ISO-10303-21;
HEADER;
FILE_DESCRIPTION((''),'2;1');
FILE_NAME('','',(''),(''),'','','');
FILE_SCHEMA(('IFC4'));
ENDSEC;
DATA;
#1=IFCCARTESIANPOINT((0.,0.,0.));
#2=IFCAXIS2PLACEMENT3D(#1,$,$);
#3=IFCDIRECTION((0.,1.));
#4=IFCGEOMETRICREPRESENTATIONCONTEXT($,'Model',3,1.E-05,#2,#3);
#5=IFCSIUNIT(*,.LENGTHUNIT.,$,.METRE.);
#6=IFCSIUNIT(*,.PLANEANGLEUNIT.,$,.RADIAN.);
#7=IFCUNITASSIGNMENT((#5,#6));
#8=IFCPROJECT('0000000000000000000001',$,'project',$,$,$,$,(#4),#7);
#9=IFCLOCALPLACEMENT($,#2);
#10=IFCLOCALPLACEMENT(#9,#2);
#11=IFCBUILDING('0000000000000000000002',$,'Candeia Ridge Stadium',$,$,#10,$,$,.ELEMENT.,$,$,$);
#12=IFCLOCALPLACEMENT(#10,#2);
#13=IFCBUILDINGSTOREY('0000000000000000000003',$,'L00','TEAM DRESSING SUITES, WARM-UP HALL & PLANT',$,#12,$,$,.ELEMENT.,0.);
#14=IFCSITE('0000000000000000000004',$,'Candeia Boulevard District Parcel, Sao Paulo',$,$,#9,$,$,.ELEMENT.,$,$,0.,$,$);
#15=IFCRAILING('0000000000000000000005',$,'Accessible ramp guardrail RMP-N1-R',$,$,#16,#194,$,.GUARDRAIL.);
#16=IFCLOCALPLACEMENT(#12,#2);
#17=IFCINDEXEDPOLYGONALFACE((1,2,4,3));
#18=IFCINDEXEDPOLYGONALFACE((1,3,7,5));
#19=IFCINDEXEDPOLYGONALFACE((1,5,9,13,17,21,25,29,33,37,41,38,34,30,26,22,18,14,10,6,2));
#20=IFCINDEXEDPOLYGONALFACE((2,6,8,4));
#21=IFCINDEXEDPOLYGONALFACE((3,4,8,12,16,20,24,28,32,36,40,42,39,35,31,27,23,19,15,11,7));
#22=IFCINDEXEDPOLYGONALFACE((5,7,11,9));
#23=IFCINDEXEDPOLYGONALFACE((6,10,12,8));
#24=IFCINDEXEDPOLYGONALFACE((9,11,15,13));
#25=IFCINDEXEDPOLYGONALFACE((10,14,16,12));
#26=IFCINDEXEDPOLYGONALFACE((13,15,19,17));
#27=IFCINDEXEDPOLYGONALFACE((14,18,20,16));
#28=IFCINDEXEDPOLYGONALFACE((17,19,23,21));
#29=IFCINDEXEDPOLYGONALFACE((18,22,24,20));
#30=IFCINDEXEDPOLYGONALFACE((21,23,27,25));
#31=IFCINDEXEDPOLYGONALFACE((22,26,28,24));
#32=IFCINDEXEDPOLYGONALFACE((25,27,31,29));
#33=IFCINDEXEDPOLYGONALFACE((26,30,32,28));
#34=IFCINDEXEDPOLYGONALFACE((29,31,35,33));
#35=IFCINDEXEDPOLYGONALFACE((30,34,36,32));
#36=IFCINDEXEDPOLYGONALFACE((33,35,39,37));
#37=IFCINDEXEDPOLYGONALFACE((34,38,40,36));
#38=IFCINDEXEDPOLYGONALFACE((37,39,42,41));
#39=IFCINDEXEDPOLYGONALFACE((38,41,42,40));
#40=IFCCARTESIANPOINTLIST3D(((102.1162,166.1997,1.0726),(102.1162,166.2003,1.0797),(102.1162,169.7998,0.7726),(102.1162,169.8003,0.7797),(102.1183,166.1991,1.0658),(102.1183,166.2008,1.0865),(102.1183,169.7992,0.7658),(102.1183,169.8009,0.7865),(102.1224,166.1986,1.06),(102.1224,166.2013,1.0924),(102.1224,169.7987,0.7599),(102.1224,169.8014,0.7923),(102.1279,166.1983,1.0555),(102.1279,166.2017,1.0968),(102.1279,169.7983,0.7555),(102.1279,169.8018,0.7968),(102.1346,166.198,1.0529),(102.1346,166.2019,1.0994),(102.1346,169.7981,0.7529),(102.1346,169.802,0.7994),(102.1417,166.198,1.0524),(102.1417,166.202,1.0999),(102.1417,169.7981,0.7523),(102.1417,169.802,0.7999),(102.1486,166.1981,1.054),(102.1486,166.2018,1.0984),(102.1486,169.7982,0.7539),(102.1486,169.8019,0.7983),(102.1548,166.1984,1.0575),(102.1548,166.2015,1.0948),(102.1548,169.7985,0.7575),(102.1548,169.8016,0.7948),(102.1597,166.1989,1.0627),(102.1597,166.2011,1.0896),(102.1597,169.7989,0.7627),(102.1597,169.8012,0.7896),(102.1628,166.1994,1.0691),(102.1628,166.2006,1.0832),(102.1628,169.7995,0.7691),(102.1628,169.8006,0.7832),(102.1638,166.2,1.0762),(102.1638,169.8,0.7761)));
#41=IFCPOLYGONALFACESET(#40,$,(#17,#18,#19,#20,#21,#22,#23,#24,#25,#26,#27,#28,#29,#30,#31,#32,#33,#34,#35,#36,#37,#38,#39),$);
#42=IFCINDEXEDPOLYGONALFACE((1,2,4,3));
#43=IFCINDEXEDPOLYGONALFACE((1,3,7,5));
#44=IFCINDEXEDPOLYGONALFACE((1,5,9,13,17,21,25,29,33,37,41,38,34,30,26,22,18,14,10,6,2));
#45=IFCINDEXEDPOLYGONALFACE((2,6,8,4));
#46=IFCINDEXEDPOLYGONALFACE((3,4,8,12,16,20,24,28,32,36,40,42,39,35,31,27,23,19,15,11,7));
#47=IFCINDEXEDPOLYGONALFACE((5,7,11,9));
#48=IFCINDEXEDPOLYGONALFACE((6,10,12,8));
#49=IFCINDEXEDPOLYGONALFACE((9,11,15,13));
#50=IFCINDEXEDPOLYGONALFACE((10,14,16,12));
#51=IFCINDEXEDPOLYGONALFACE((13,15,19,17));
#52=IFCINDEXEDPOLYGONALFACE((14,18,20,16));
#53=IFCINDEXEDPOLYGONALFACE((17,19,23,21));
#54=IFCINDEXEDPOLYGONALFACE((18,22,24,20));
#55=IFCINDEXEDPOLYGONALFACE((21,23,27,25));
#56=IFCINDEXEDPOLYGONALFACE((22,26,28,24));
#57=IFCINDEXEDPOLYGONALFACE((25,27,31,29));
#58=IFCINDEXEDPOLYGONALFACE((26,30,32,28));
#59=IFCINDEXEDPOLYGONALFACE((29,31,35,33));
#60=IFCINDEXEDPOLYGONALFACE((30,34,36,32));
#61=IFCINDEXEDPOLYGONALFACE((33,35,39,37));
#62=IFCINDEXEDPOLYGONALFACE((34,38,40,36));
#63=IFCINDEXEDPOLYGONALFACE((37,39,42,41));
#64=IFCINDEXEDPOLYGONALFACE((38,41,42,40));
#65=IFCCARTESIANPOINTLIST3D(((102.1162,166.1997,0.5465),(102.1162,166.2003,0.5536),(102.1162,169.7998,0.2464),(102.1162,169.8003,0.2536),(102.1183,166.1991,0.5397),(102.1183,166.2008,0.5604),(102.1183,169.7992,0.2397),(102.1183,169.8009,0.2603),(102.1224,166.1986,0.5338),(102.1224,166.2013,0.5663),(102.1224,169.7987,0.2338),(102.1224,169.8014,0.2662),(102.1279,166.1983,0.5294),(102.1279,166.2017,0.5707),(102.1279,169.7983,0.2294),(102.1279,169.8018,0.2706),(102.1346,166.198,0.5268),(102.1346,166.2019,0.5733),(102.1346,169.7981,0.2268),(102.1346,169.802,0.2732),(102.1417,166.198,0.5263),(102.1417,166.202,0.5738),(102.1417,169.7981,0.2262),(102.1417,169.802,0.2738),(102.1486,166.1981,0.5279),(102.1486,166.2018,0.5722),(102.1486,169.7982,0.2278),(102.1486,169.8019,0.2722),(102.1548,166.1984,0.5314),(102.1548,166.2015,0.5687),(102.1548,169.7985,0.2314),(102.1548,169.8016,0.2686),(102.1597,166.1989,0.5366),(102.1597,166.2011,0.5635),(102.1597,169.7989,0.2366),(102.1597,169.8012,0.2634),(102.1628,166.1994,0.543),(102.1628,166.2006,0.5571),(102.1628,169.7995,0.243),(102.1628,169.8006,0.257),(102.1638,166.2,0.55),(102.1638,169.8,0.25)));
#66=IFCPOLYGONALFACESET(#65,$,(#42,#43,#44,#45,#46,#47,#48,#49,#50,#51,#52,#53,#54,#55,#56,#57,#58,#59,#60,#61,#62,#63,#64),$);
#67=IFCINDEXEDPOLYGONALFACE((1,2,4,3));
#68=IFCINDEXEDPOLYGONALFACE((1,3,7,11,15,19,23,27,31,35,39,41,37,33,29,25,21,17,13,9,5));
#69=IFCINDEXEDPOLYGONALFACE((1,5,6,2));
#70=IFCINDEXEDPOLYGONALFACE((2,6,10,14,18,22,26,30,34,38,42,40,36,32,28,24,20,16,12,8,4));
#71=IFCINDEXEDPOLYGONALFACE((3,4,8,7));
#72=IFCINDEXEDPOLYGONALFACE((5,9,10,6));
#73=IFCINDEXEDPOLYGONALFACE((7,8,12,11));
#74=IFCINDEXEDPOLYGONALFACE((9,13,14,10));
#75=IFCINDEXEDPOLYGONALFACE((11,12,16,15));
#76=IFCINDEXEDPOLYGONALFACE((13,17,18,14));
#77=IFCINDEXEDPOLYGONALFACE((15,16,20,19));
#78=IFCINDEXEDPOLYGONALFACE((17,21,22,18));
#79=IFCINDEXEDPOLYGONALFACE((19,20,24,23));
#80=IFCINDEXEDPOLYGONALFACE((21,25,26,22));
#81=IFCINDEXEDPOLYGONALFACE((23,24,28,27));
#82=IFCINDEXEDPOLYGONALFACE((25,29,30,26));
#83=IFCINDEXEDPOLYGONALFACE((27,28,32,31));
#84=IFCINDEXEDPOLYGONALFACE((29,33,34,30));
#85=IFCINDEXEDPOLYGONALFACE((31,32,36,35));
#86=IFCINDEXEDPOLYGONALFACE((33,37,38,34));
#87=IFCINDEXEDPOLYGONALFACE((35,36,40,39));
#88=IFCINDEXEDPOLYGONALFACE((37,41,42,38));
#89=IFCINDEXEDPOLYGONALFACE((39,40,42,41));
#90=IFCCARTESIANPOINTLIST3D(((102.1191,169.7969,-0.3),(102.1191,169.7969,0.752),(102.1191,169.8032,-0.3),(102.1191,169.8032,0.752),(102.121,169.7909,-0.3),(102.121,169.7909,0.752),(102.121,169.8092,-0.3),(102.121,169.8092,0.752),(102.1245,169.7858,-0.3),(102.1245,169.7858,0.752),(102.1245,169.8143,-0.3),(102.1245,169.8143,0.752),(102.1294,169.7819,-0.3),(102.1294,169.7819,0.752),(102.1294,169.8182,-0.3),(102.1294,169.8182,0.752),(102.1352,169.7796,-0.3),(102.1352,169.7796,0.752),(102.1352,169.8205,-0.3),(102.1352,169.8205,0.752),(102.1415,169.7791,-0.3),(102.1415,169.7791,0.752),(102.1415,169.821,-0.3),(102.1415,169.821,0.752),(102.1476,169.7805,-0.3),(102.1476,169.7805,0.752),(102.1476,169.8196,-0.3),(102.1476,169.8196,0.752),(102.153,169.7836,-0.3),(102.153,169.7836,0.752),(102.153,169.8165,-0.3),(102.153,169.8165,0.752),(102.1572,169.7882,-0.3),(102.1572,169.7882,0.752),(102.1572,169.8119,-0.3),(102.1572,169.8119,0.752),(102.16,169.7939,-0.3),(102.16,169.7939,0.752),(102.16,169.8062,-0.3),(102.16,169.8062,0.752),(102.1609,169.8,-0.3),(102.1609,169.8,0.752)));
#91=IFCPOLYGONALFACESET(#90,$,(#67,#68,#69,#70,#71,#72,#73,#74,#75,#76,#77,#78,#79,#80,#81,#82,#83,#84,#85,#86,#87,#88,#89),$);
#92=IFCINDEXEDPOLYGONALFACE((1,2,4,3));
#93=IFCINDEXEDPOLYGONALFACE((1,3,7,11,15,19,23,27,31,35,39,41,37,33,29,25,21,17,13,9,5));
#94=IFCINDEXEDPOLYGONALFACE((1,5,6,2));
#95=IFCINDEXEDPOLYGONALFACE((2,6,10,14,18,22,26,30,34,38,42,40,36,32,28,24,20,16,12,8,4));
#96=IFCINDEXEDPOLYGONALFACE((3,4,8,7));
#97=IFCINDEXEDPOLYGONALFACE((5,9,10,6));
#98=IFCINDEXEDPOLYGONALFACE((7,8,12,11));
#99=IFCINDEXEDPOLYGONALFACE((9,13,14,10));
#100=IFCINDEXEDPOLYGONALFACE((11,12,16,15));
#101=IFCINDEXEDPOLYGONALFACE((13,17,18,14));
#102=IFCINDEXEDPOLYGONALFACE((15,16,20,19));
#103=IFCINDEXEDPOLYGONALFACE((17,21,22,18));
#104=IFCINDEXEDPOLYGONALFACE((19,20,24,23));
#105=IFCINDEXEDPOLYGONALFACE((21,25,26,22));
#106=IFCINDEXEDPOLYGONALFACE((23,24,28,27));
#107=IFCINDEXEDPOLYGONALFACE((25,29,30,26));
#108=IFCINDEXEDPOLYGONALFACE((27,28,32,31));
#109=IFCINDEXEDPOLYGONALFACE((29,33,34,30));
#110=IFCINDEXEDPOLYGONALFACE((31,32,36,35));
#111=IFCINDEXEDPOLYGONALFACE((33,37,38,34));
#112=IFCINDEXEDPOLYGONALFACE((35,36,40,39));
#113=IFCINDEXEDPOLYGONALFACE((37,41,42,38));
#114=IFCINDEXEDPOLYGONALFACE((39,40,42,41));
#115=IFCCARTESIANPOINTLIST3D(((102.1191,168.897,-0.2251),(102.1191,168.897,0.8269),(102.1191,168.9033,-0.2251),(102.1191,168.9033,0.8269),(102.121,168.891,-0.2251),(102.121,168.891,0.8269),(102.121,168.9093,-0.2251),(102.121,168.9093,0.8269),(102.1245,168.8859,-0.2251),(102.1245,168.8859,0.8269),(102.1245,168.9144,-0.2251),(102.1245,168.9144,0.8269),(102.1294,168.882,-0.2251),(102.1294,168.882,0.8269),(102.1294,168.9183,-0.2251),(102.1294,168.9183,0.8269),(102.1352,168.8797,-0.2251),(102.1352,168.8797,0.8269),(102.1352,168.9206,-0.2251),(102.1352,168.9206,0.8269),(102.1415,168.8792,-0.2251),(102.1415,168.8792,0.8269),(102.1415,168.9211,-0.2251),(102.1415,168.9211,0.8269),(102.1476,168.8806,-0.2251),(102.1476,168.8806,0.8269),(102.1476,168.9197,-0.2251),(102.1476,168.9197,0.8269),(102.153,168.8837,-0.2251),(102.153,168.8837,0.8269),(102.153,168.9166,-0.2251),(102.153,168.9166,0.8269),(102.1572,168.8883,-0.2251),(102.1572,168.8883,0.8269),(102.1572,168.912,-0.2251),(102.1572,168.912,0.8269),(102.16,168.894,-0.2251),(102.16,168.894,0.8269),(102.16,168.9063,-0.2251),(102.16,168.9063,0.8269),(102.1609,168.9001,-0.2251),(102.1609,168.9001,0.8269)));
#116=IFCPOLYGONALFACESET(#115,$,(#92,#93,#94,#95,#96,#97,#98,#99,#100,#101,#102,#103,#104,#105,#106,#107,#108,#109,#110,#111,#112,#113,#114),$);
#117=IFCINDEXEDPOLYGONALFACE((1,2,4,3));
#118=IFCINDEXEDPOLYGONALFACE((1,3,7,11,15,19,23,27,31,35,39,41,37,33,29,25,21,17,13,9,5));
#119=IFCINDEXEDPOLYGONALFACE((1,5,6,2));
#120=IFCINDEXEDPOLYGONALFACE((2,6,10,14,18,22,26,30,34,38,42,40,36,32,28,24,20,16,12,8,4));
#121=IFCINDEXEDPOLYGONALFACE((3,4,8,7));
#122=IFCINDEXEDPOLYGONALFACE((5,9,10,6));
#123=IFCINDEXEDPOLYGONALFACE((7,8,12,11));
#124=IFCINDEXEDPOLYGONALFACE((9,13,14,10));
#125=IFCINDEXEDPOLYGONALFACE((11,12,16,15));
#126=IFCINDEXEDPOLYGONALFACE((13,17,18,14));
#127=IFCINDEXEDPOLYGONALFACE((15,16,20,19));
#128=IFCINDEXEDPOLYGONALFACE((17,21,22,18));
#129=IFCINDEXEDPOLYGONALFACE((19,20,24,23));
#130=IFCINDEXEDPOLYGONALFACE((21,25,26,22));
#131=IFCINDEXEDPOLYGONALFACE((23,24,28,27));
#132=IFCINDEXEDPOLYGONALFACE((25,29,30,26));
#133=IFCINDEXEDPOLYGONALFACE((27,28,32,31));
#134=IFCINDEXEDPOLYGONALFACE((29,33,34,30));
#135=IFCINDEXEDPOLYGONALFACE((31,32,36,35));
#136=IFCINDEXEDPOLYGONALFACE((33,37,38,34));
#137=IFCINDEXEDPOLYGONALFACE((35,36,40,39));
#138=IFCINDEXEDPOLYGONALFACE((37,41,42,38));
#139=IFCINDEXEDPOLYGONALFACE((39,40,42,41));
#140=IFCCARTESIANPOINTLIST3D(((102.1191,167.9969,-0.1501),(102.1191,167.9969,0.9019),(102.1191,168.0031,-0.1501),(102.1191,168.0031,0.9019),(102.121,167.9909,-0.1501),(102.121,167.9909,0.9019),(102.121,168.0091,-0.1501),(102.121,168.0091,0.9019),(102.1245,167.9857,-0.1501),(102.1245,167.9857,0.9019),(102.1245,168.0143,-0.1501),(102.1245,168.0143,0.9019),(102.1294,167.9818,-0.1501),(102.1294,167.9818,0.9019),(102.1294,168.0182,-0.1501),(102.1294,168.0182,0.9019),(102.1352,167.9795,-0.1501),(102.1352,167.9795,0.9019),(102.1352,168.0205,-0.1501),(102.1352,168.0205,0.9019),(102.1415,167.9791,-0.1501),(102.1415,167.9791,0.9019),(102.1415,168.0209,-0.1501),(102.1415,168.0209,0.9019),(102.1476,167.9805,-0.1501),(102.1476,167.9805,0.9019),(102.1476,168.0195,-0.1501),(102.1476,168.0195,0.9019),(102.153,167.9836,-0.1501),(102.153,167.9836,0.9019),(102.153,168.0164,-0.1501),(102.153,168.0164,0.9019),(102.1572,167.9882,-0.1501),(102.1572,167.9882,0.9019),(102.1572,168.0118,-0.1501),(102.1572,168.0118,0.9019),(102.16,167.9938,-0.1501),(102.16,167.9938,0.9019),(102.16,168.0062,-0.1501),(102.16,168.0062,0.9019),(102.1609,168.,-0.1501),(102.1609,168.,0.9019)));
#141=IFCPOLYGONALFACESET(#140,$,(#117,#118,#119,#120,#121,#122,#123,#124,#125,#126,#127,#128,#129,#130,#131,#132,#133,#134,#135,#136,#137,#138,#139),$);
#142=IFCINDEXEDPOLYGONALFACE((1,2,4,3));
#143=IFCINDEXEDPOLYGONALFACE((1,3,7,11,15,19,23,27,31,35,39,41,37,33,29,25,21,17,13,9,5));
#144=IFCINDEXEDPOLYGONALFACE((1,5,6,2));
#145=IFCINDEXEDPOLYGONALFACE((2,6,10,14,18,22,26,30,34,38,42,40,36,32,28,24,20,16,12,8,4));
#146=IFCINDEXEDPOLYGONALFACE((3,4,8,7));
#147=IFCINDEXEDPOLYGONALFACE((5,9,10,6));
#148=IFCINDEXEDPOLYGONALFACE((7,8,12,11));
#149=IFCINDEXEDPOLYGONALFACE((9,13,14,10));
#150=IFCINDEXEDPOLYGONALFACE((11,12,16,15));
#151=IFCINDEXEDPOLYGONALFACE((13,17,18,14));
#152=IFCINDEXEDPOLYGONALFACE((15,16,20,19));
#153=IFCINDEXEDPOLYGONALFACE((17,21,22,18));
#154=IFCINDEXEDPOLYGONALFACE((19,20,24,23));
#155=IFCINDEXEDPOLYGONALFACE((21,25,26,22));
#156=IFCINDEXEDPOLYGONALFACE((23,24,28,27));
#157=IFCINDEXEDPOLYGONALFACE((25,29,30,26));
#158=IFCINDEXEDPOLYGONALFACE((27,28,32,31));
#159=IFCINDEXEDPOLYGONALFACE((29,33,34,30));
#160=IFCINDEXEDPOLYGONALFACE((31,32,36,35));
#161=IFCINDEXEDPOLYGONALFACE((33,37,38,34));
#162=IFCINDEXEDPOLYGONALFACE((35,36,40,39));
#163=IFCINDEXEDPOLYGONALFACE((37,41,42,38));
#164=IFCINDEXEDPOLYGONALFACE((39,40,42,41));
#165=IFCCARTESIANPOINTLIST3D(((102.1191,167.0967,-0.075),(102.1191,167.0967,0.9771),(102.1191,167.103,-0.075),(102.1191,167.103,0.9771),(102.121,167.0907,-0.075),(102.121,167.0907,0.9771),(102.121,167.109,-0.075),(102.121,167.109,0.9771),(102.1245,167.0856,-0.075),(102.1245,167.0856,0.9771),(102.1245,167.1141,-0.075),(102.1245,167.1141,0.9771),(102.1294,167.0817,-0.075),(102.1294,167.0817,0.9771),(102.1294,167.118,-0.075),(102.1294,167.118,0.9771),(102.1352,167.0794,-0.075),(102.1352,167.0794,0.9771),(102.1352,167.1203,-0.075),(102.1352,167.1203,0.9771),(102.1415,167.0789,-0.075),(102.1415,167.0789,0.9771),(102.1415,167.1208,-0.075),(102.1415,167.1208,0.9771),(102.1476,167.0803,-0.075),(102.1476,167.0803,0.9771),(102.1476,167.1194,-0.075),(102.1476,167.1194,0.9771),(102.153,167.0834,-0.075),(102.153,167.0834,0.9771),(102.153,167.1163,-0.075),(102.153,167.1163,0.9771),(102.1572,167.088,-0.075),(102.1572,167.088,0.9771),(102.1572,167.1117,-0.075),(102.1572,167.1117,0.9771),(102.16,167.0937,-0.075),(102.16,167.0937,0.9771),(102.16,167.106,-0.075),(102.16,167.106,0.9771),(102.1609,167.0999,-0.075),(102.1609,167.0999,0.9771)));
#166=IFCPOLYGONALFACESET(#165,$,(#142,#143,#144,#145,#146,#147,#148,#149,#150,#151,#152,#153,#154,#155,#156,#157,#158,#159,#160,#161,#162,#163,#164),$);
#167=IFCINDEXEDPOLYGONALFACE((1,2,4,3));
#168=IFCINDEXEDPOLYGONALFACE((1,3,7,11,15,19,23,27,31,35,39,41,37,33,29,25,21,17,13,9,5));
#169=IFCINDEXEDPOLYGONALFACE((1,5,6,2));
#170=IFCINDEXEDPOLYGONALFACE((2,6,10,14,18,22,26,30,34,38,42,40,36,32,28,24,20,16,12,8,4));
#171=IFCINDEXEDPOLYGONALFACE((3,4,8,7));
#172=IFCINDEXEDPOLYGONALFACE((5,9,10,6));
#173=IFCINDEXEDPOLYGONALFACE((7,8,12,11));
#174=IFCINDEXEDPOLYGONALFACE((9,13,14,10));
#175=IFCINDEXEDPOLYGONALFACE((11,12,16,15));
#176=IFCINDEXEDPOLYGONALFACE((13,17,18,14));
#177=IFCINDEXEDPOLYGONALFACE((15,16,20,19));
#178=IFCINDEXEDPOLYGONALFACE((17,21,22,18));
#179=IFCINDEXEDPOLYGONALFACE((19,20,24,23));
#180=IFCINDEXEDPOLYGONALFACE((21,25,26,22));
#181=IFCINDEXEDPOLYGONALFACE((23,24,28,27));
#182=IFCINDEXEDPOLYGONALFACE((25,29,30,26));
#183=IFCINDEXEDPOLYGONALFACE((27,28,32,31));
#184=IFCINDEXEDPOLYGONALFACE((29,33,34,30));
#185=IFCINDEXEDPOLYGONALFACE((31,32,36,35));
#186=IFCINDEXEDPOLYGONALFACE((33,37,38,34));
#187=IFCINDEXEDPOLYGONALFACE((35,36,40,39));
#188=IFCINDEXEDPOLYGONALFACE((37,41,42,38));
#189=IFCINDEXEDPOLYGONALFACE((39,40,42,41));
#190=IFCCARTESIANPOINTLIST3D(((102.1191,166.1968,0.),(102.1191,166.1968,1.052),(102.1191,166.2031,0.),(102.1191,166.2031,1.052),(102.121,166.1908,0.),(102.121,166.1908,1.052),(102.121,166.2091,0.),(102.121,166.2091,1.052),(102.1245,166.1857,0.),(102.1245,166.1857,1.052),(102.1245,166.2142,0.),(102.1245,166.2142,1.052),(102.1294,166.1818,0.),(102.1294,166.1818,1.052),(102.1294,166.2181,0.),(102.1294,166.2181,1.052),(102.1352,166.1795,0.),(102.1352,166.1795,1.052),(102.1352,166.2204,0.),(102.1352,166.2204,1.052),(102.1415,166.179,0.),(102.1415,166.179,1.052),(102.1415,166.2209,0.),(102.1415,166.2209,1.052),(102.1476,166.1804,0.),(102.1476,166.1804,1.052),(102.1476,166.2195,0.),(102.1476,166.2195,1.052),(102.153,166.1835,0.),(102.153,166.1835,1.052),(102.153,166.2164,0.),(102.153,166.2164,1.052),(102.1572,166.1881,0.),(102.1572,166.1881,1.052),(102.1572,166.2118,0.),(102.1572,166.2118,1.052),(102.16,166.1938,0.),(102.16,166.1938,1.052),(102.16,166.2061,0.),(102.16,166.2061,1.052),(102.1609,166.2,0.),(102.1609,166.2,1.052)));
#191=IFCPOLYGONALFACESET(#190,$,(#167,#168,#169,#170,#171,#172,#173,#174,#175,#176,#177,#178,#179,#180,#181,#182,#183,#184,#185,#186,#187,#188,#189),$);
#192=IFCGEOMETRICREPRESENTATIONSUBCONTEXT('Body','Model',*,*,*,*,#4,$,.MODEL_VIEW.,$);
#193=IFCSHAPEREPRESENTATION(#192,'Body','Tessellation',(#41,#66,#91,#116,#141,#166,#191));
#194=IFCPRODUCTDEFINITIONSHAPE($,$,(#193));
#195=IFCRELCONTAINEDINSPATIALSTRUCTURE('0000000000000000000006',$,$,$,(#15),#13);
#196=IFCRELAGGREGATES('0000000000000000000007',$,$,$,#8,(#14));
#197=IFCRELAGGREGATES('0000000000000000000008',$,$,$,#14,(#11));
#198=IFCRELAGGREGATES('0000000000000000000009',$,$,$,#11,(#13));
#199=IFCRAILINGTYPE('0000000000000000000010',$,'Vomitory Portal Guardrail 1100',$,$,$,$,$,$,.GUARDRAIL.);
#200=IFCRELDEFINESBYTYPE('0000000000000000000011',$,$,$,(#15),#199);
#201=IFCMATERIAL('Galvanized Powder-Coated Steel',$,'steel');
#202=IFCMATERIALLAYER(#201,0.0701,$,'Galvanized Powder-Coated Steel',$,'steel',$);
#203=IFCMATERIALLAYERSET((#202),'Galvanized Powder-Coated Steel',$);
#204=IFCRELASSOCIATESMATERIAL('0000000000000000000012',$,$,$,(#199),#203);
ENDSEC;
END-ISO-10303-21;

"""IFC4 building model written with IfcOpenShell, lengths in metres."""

from ifc_helpers import new_model, si_unit, direction, frame, origin, origin_2d, place, context, subcontext, project, spatial, circle, extrude, material, layer, layer_set, type_object, element, save


model = new_model("IFC4")

# Units and contexts
model_context = context("Model", 3, precision=1e-05, world=origin(), true_north=direction((0.0, 1.0)))
body_context = subcontext(model_context, "Body", "Model", "MODEL_VIEW")
ifc_project = project(units=[si_unit("LENGTHUNIT", "METRE"), si_unit("PLANEANGLEUNIT", "RADIAN")], contexts=[model_context])

# Site, building, storey
site_placement = place(None, origin())
site = spatial("IfcSite", under=ifc_project, at=site_placement, Name="Candeia Boulevard District Parcel, Sao Paulo", CompositionType="ELEMENT", RefElevation=0.0)
building_placement = place(site_placement, origin())
building = spatial("IfcBuilding", under=site, at=building_placement, Name="Candeia Ridge Stadium", CompositionType="ELEMENT")
storey_placement = place(building_placement, origin())
storey = spatial("IfcBuildingStorey", under=building, at=storey_placement, Name="L00", Description="TEAM DRESSING SUITES, WARM-UP HALL & PLANT", CompositionType="ELEMENT", Elevation=0.0)

# Railing
ifc_material_1 = material(Name="Galvanized Powder-Coated Steel", Category="steel")
ifc_layer_1 = layer(ifc_material_1, 0.0701, Name="Galvanized Powder-Coated Steel", Category="steel")
ifc_layer_set_1 = layer_set([ifc_layer_1], Name="Galvanized Powder-Coated Steel")
railing_type_1 = type_object("IfcRailingType", Name="Vomitory Portal Guardrail 1100", PredefinedType="GUARDRAIL", material=ifc_layer_set_1)
for number, where, name in (
    (1, (102.1399, 169.8, -0.3), "Accessible ramp guardrail RMP-N1-R"),
):
    element("IfcRailing", number, at=place(storey_placement, frame(where)), inside=storey, type_object=railing_type_1, Name=name, PredefinedType="GUARDRAIL", context=body_context, shape_type="SweptSolid", body=[
        extrude(circle(Radius=0.0239, at=origin_2d()), frame((0.0, 0.0, 1.0762), z_axis=(0.0, -0.996545, 0.083057), x_axis=(1.0, 0.0, 0.0)), (0.0, 0.0, 1.0), 3.6125),
        extrude(circle(Radius=0.0239, at=origin_2d()), frame((0.0, 0.0, 0.55), z_axis=(0.0, -0.996545, 0.083057), x_axis=(1.0, 0.0, 0.0)), (0.0, 0.0, 1.0), 3.6125),
        extrude(circle(Radius=0.021, at=origin_2d()), origin(), (0.0, 0.0, 1.0), 1.052),
        extrude(circle(Radius=0.021, at=origin_2d()), frame((0.0, -0.8999, 0.075)), (0.0, 0.0, 1.0), 1.052),
        extrude(circle(Radius=0.021, at=origin_2d()), frame((0.0, -1.8, 0.1499)), (0.0, 0.0, 1.0), 1.052),
        extrude(circle(Radius=0.021, at=origin_2d()), frame((0.0, -2.7002, 0.2251)), (0.0, 0.0, 1.0), 1.052),
        extrude(circle(Radius=0.021, at=origin_2d()), frame((0.0, -3.6001, 0.3)), (0.0, 0.0, 1.0), 1.052),
    ])

save(model, "model.ifc")
